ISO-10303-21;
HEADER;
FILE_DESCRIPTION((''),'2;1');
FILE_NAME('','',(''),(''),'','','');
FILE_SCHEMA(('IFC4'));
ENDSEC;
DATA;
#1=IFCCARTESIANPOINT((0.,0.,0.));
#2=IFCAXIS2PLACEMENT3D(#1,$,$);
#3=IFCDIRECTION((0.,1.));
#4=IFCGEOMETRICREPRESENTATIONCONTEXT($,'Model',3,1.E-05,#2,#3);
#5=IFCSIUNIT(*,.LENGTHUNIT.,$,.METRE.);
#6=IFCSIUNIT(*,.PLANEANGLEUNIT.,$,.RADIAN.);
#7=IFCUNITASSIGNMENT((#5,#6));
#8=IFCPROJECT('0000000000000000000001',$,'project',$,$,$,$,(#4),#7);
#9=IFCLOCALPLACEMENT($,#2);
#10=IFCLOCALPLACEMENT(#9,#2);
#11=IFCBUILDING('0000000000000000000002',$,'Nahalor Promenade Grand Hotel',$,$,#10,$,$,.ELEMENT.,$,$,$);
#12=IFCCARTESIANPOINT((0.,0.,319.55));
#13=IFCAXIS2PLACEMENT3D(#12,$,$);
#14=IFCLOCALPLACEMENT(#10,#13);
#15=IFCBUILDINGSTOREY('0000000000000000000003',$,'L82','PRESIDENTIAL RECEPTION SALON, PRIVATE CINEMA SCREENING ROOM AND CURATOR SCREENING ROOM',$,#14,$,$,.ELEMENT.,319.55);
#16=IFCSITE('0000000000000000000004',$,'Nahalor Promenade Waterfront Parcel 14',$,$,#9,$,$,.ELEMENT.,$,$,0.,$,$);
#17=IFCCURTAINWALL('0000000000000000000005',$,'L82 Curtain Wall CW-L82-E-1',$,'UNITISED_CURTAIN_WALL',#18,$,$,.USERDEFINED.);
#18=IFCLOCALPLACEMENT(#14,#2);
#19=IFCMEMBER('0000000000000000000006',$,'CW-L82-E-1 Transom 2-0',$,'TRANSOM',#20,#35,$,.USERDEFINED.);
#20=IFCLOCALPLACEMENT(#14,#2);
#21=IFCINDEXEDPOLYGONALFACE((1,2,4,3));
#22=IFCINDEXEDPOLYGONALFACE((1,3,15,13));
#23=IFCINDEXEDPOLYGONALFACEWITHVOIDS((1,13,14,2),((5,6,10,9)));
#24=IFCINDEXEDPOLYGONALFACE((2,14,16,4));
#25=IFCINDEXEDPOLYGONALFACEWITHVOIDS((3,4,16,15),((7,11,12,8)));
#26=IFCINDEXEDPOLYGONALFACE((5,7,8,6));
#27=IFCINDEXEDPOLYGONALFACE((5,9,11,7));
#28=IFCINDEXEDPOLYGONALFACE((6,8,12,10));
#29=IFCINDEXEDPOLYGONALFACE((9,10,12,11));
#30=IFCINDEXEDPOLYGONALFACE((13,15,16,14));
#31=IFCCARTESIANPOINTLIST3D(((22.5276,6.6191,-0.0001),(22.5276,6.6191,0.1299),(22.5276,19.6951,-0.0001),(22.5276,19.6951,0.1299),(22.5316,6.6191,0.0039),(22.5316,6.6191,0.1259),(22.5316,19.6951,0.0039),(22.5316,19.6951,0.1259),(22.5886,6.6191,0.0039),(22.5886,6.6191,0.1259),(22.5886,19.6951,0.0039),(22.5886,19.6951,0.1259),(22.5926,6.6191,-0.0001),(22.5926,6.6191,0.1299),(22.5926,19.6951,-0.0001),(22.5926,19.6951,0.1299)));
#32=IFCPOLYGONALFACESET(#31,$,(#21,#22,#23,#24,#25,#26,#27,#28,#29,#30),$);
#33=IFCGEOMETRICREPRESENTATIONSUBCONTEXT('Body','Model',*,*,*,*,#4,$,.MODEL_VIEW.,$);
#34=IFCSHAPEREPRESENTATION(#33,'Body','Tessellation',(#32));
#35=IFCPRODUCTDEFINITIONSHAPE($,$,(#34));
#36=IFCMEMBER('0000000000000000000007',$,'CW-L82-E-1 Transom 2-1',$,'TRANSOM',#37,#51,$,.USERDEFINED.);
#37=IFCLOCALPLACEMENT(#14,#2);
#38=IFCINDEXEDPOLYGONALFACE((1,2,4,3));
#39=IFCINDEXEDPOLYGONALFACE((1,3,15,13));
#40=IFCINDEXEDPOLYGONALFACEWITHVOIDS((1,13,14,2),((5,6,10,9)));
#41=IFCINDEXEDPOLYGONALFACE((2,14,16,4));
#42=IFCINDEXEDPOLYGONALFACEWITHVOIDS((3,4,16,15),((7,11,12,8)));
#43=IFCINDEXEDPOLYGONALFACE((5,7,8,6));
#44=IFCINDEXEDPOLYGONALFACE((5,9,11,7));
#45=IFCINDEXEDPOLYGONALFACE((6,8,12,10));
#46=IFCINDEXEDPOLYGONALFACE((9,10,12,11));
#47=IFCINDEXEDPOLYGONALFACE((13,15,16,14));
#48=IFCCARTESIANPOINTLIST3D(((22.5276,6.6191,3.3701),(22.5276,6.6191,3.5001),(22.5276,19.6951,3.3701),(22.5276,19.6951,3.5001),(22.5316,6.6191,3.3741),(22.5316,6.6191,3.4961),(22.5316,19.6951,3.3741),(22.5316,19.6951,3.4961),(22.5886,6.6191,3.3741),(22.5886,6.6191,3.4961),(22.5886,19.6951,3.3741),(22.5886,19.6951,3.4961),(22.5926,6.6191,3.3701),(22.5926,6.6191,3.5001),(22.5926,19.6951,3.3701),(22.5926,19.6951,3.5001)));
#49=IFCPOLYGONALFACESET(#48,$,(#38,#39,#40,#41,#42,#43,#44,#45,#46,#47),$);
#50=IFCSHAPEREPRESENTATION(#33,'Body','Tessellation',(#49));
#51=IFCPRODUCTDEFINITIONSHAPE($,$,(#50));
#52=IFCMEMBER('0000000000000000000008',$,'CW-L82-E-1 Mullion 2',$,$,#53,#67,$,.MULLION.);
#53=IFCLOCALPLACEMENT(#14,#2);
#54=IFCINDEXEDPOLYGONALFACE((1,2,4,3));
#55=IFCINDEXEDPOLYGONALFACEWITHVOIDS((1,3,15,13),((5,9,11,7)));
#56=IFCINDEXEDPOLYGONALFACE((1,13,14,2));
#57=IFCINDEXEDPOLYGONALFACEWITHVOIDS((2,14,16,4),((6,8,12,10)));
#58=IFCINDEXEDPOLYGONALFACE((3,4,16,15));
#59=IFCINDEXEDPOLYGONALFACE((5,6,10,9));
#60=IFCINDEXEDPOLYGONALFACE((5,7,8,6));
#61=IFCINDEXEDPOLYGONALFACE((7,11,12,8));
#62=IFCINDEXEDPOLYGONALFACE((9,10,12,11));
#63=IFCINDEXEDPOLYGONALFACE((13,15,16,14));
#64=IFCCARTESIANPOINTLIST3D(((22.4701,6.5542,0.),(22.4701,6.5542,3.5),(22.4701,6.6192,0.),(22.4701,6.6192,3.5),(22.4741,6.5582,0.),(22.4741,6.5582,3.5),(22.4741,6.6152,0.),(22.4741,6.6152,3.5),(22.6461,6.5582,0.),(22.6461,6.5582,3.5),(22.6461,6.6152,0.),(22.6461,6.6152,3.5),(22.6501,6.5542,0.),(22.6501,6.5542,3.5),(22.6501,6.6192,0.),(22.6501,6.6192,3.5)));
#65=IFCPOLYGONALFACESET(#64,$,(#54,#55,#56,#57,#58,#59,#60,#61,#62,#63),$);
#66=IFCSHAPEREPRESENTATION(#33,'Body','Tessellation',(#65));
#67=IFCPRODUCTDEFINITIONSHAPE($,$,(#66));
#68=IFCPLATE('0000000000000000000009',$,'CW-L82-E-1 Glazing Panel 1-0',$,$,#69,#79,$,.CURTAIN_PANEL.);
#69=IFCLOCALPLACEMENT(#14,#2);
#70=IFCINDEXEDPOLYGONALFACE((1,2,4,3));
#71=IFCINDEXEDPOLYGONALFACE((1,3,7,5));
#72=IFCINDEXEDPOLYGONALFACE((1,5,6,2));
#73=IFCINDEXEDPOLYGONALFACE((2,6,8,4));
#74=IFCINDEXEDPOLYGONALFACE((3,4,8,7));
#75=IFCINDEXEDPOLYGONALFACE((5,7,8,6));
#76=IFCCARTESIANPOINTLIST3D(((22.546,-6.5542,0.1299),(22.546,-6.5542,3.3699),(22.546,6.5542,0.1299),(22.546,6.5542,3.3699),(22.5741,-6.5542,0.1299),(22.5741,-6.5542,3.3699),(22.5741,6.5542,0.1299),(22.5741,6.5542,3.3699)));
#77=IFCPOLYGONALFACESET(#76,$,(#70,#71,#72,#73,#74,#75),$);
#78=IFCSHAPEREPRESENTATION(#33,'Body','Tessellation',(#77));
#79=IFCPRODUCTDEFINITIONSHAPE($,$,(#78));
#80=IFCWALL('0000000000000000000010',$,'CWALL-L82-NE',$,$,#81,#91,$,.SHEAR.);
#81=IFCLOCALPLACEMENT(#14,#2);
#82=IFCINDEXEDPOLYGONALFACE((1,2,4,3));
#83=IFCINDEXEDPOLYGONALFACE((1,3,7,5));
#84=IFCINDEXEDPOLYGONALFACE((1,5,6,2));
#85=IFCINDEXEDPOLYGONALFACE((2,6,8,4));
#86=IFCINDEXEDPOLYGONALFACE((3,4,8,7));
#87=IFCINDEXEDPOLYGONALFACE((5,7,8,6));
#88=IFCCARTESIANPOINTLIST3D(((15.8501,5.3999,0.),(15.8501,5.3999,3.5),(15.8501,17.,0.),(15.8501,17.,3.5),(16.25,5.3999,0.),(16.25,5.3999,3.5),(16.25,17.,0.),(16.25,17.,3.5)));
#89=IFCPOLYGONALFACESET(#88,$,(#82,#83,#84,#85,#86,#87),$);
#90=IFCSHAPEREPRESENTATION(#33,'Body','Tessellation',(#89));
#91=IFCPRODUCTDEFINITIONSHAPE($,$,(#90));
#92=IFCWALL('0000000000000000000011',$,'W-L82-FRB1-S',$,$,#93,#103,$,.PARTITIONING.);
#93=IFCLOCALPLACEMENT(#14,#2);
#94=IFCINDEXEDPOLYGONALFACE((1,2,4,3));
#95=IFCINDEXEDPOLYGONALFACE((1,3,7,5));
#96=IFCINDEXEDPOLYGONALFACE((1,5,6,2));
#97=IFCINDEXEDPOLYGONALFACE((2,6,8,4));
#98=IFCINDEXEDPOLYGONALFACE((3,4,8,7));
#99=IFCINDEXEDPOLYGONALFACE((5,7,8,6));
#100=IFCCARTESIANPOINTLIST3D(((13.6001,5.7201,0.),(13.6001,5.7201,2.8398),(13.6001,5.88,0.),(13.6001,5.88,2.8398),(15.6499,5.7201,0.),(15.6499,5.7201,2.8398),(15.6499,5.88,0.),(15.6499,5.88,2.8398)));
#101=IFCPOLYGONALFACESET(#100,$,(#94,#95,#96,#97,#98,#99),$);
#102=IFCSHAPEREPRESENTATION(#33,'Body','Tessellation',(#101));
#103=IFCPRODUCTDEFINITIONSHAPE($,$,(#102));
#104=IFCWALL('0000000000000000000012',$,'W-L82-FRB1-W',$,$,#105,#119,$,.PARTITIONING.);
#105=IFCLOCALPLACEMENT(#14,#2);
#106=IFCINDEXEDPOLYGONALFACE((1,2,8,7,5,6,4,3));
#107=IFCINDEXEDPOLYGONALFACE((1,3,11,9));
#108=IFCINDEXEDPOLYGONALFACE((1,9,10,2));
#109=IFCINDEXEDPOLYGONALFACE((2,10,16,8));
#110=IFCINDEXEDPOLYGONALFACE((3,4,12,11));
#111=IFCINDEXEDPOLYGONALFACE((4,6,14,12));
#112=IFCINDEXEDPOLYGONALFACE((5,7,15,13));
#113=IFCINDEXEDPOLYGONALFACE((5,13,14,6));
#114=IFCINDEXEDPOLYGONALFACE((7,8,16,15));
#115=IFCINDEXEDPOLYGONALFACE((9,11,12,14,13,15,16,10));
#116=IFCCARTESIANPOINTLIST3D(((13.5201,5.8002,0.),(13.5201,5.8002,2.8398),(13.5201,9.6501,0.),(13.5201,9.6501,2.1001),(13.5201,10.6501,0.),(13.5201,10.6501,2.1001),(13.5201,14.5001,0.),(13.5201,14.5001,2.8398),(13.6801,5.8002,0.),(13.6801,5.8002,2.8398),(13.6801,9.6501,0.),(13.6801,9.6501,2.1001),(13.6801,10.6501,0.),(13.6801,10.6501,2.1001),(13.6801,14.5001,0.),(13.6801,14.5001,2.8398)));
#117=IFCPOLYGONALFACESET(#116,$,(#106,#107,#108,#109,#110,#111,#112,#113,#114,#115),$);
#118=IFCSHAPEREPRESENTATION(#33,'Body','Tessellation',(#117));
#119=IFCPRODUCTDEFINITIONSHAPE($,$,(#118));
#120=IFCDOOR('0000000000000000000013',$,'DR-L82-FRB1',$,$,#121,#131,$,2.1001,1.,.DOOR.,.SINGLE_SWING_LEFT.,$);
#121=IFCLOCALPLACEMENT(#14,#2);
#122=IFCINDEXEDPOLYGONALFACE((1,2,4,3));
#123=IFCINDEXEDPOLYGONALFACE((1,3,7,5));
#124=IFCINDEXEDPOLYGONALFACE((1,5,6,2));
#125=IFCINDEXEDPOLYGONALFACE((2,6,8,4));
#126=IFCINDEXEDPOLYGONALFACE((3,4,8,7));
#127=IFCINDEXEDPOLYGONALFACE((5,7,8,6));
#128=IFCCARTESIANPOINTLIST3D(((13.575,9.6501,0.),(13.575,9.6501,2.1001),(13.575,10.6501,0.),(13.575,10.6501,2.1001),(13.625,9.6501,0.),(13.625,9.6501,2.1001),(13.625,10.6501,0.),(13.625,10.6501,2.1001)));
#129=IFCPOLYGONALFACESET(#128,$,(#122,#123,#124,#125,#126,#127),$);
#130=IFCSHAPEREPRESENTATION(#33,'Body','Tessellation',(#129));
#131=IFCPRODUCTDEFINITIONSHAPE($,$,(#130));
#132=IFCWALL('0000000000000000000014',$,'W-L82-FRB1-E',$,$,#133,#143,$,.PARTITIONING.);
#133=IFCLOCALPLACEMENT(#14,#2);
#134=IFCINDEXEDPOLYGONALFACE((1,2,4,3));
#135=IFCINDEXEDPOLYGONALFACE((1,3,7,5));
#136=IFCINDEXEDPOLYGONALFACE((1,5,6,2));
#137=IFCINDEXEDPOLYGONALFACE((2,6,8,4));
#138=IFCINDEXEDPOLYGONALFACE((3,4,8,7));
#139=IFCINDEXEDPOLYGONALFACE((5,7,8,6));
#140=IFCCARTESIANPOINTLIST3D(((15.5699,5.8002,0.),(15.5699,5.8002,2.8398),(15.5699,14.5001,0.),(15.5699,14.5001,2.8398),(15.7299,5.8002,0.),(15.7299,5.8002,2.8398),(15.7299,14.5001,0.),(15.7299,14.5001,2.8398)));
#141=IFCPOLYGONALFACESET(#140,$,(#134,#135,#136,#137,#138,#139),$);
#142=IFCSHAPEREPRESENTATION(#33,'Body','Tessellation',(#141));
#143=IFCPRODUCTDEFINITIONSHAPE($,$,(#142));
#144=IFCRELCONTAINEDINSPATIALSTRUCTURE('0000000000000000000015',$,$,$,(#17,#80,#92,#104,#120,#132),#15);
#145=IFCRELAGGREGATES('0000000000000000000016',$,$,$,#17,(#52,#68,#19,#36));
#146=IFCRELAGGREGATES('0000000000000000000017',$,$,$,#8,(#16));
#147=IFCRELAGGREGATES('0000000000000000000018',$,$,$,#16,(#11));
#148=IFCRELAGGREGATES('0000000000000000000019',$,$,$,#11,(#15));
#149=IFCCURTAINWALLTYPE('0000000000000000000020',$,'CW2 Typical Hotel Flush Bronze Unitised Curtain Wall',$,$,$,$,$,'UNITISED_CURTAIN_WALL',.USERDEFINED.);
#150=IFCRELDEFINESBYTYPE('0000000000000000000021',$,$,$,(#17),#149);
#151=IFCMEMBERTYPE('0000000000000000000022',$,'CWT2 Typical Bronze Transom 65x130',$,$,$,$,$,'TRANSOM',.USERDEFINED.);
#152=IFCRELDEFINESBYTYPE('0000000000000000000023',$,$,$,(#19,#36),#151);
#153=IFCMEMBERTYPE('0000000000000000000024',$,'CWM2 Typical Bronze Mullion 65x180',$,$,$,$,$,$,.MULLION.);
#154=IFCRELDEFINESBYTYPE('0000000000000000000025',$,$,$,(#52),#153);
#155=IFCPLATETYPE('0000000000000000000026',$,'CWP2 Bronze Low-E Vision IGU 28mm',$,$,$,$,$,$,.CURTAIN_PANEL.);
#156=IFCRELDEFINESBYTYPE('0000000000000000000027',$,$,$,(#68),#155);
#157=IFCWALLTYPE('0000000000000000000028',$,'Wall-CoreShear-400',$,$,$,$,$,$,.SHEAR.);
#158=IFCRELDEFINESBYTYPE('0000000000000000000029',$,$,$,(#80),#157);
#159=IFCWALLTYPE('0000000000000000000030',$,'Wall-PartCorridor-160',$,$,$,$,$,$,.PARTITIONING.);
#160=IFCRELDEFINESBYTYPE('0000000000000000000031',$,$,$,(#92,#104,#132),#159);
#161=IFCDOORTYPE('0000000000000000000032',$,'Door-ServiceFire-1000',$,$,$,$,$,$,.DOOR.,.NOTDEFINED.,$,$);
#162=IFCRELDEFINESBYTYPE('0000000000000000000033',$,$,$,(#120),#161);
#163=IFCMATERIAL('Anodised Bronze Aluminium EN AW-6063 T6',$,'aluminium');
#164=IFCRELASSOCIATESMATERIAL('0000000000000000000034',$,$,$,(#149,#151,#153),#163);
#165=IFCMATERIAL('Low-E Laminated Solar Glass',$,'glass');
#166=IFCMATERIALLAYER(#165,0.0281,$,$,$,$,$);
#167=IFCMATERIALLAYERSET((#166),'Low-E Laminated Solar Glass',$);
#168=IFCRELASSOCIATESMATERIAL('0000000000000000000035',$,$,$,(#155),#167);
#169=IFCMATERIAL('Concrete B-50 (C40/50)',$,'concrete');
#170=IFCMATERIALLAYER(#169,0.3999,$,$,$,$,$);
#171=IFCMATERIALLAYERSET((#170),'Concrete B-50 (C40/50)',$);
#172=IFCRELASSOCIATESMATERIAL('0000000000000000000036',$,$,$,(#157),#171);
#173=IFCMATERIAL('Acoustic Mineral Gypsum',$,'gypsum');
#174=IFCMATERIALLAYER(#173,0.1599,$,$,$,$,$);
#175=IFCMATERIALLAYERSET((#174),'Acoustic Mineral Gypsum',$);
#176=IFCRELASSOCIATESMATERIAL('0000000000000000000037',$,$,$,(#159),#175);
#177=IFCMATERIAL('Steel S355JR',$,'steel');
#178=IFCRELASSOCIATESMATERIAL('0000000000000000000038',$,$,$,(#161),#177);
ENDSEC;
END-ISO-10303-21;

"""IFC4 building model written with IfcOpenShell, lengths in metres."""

from ifc_helpers import new_model, si_unit, direction, frame, frame_2d, origin, origin_2d, place, context, subcontext, project, spatial, rectangle, hollow_rectangle, extrude, source, transform, mapped, material, layer, layer_set, material_profile, profile_set, type_object, element, fill, aggregate, save


model = new_model("IFC4")

# Units and contexts
model_context = context("Model", 3, precision=1e-05, world=origin(), true_north=direction((0.0, 1.0)))
body_context = subcontext(model_context, "Body", "Model", "MODEL_VIEW")
ifc_project = project(units=[si_unit("LENGTHUNIT", "METRE"), si_unit("PLANEANGLEUNIT", "RADIAN")], contexts=[model_context])

# Site, building, storey
site_placement = place(None, origin())
site = spatial("IfcSite", under=ifc_project, at=site_placement, Name="Nahalor Promenade Waterfront Parcel 14", CompositionType="ELEMENT", RefElevation=0.0)
building_placement = place(site_placement, origin())
building = spatial("IfcBuilding", under=site, at=building_placement, Name="Nahalor Promenade Grand Hotel", CompositionType="ELEMENT")
storey_placement = place(building_placement, frame((0.0, 0.0, 319.55)))
storey = spatial("IfcBuildingStorey", under=building, at=storey_placement, Name="L82", Description="PRESIDENTIAL RECEPTION SALON, PRIVATE CINEMA SCREENING ROOM AND CURATOR SCREENING ROOM", CompositionType="ELEMENT", Elevation=319.55)

# Shared definitions
ifc_material_1 = material(Name="Steel S355JR", Category="steel")

# Curtain wall, members, plate
ifc_material_2 = material(Name="Anodised Bronze Aluminium EN AW-6063 T6", Category="aluminium")
curtain_wall_type = type_object("IfcCurtainWallType", Name="CW2 Typical Hotel Flush Bronze Unitised Curtain Wall", ElementType="UNITISED_CURTAIN_WALL", PredefinedType="USERDEFINED", material=ifc_material_2)
curtain_wall_placement = place(storey_placement, origin())
curtain_wall = element("IfcCurtainWall", 1, at=curtain_wall_placement, inside=storey, type_object=curtain_wall_type, Name="L82 Curtain Wall CW-L82-E-1", ObjectType="UNITISED_CURTAIN_WALL", PredefinedType="USERDEFINED")
ifc_material_profile_1 = material_profile(ifc_material_2, hollow_rectangle(XDim=0.065, YDim=0.13, WallThickness=0.004, at=origin_2d()), Name="CWT 65x130x4")
ifc_profile_set_1 = profile_set([ifc_material_profile_1], Name="Anodised Bronze Aluminium EN AW-6063 T6")
member_type_1 = type_object("IfcMemberType", Name="CWT2 Typical Bronze Transom 65x130", ElementType="TRANSOM", PredefinedType="USERDEFINED", material=ifc_profile_set_1)
shared_shape_1 = source(origin(), body_context, "Body", "SweptSolid", [
    extrude(hollow_rectangle(XDim=0.065, YDim=0.13, WallThickness=0.004, at=origin_2d()), origin(), (0.0, 0.0, 1.0), 13.0759),
])
member_1_placement = place(storey_placement, frame((22.5601, 6.6191, 0.0649), z_axis=(0.0, 1.0, 0.0), x_axis=(-1.0, 0.0, 0.0)))
member_1 = element("IfcMember", 2, at=member_1_placement, type_object=member_type_1, Name="CW-L82-E-1 Transom 2-0", ObjectType="TRANSOM", PredefinedType="USERDEFINED", context=body_context, shape_type="MappedRepresentation", body=[
    mapped(shared_shape_1, transform((0.0, 0.0, 0.0), scale=1.0)),
])
member_2_placement = place(storey_placement, frame((22.5601, 6.6191, 3.4351), z_axis=(0.0, 1.0, 0.0), x_axis=(-1.0, 0.0, 0.0)))
member_2 = element("IfcMember", 3, at=member_2_placement, type_object=member_type_1, Name="CW-L82-E-1 Transom 2-1", ObjectType="TRANSOM", PredefinedType="USERDEFINED", context=body_context, shape_type="MappedRepresentation", body=[
    mapped(shared_shape_1, transform((0.0, 0.0, 0.0), scale=1.0)),
])
ifc_material_profile_2 = material_profile(ifc_material_2, hollow_rectangle(XDim=0.065, YDim=0.18, WallThickness=0.004, at=origin_2d()), Name="CWM 65x180x4")
ifc_profile_set_2 = profile_set([ifc_material_profile_2], Name="Anodised Bronze Aluminium EN AW-6063 T6")
member_type_2 = type_object("IfcMemberType", Name="CWM2 Typical Bronze Mullion 65x180", PredefinedType="MULLION", material=ifc_profile_set_2)
shared_shape_2 = source(origin(), body_context, "Body", "SweptSolid", [
    extrude(hollow_rectangle(XDim=0.065, YDim=0.18, WallThickness=0.004, at=origin_2d()), origin(), (0.0, 0.0, 1.0), 3.5),
])
member_3_placement = place(storey_placement, frame((22.5601, 6.5867, 0.0), z_axis=(0.0, 0.0, 1.0), x_axis=(0.0, 1.0, 0.0)))
member_3 = element("IfcMember", 4, at=member_3_placement, type_object=member_type_2, Name="CW-L82-E-1 Mullion 2", PredefinedType="MULLION", context=body_context, shape_type="MappedRepresentation", body=[
    mapped(shared_shape_2, transform((0.0, 0.0, 0.0), scale=1.0)),
])
ifc_material_3 = material(Name="Low-E Laminated Solar Glass", Category="glass")
ifc_layer_1 = layer(ifc_material_3, 0.0281)
ifc_layer_set_1 = layer_set([ifc_layer_1], Name="Low-E Laminated Solar Glass")
plate_type = type_object("IfcPlateType", Name="CWP2 Bronze Low-E Vision IGU 28mm", PredefinedType="CURTAIN_PANEL", material=ifc_layer_set_1)
shared_shape_3 = source(origin(), body_context, "Body", "SweptSolid", [
    extrude(rectangle(XDim=13.1084, YDim=0.0281, at=origin_2d()), origin(), (0.0, 0.0, 1.0), 3.24),
])
plate_placement = place(storey_placement, frame((22.5601, 0.0, 0.1299), z_axis=(0.0, 0.0, 1.0), x_axis=(0.0, 1.0, 0.0)))
plate = element("IfcPlate", 5, at=plate_placement, type_object=plate_type, Name="CW-L82-E-1 Glazing Panel 1-0", PredefinedType="CURTAIN_PANEL", context=body_context, shape_type="MappedRepresentation", body=[
    mapped(shared_shape_3, transform((0.0, 0.0, 0.0), scale=1.0)),
])
aggregate(curtain_wall, [member_3, plate, member_1, member_2])

# Walls
ifc_material_4 = material(Name="Concrete B-50 (C40/50)", Category="concrete")
ifc_layer_2 = layer(ifc_material_4, 0.3999)
ifc_layer_set_2 = layer_set([ifc_layer_2], Name="Concrete B-50 (C40/50)")
wall_type_1 = type_object("IfcWallType", Name="Wall-CoreShear-400", PredefinedType="SHEAR", material=ifc_layer_set_2)
shared_shape_4 = source(origin(), body_context, "Body", "SweptSolid", [
    extrude(rectangle(XDim=11.6001, YDim=0.3999, at=frame_2d((5.8, 0.0))), origin(), (0.0, 0.0, 1.0), 3.5),
])
wall_1_placement = place(storey_placement, frame((16.05, 5.3999, 0.0), z_axis=(0.0, 0.0, 1.0), x_axis=(0.0, 1.0, 0.0)))
element("IfcWall", 6, at=wall_1_placement, inside=storey, type_object=wall_type_1, Name="CWALL-L82-NE", PredefinedType="SHEAR", context=body_context, shape_type="MappedRepresentation", body=[
    mapped(shared_shape_4, transform((0.0, 0.0, 0.0), scale=1.0)),
])
ifc_material_5 = material(Name="Acoustic Mineral Gypsum", Category="gypsum")
ifc_layer_3 = layer(ifc_material_5, 0.1599)
ifc_layer_set_3 = layer_set([ifc_layer_3], Name="Acoustic Mineral Gypsum")
wall_type_2 = type_object("IfcWallType", Name="Wall-PartCorridor-160", PredefinedType="PARTITIONING", material=ifc_layer_set_3)
shared_shape_5 = source(origin(), body_context, "Body", "SweptSolid", [
    extrude(rectangle(XDim=2.0498, YDim=0.1599, at=frame_2d((1.0249, 0.0))), origin(), (0.0, 0.0, 1.0), 2.8398),
])
wall_2_placement = place(storey_placement, frame((13.6001, 5.8, 0.0), z_axis=(0.0, 0.0, 1.0), x_axis=(1.0, 0.0, 0.0)))
element("IfcWall", 7, at=wall_2_placement, inside=storey, type_object=wall_type_2, Name="W-L82-FRB1-S", PredefinedType="PARTITIONING", context=body_context, shape_type="MappedRepresentation", body=[
    mapped(shared_shape_5, transform((0.0, 0.0, 0.0), scale=1.0)),
])

# Wall, opening, door
shared_shape_6 = source(origin(), body_context, "Body", "SweptSolid", [
    extrude(rectangle(XDim=8.7, YDim=0.1599, at=frame_2d((4.3501, 0.0))), origin(), (0.0, 0.0, 1.0), 2.8398),
])
wall_3_placement = place(storey_placement, frame((13.6001, 5.8, 0.0), z_axis=(0.0, 0.0, 1.0), x_axis=(0.0, 1.0, 0.0)))
wall_3 = element("IfcWall", 8, at=wall_3_placement, inside=storey, type_object=wall_type_2, Name="W-L82-FRB1-W", PredefinedType="PARTITIONING", context=body_context, shape_type="MappedRepresentation", body=[
    mapped(shared_shape_6, transform((0.0, 0.0, 0.0), scale=1.0)),
])
opening_1_placement = place(wall_3_placement, frame((3.8501, 0.0, 0.0)))
opening_1 = element("IfcOpeningElement", 9, at=opening_1_placement, cuts=wall_3, PredefinedType="OPENING", context=body_context, shape_type="SweptSolid", body=[
    extrude(rectangle(XDim=1.0, YDim=2.1001, at=frame_2d((0.5, 1.05))), frame((0.0, 0.0898, 0.0), z_axis=(0.0, -1.0, 0.0), x_axis=(1.0, 0.0, 0.0)), (0.0, 0.0, 1.0), 0.1799),
])
door_type = type_object("IfcDoorType", Name="Door-ServiceFire-1000", OperationType="NOTDEFINED", PredefinedType="DOOR", material=ifc_material_1)
shared_shape_7 = source(origin(), body_context, "Body", "SweptSolid", [
    extrude(rectangle(XDim=1.0, YDim=2.1001, at=frame_2d((0.5, 1.05))), frame((0.0, 0.0249, 0.0), z_axis=(0.0, -1.0, 0.0), x_axis=(1.0, 0.0, 0.0)), (0.0, 0.0, 1.0), 0.05),
])
door_1_placement = place(opening_1_placement, frame((1.0, 0.0, 0.0), z_axis=(0.0, 0.0, 1.0), x_axis=(-1.0, 0.0, 0.0)))
door_1 = element("IfcDoor", 10, at=door_1_placement, inside=storey, type_object=door_type, Name="DR-L82-FRB1", OperationType="SINGLE_SWING_LEFT", OverallHeight=2.1001, OverallWidth=1.0, PredefinedType="DOOR", context=body_context, shape_type="MappedRepresentation", body=[
    mapped(shared_shape_7, transform((0.0, 0.0, 0.0), scale=1.0)),
])
fill(opening_1, door_1)

# Wall
wall_4_placement = place(storey_placement, frame((15.6499, 5.8, 0.0), z_axis=(0.0, 0.0, 1.0), x_axis=(0.0, 1.0, 0.0)))
element("IfcWall", 11, at=wall_4_placement, inside=storey, type_object=wall_type_2, Name="W-L82-FRB1-E", PredefinedType="PARTITIONING", context=body_context, shape_type="MappedRepresentation", body=[
    mapped(shared_shape_6, transform((0.0, 0.0, 0.0), scale=1.0)),
])

save(model, "model.ifc")
